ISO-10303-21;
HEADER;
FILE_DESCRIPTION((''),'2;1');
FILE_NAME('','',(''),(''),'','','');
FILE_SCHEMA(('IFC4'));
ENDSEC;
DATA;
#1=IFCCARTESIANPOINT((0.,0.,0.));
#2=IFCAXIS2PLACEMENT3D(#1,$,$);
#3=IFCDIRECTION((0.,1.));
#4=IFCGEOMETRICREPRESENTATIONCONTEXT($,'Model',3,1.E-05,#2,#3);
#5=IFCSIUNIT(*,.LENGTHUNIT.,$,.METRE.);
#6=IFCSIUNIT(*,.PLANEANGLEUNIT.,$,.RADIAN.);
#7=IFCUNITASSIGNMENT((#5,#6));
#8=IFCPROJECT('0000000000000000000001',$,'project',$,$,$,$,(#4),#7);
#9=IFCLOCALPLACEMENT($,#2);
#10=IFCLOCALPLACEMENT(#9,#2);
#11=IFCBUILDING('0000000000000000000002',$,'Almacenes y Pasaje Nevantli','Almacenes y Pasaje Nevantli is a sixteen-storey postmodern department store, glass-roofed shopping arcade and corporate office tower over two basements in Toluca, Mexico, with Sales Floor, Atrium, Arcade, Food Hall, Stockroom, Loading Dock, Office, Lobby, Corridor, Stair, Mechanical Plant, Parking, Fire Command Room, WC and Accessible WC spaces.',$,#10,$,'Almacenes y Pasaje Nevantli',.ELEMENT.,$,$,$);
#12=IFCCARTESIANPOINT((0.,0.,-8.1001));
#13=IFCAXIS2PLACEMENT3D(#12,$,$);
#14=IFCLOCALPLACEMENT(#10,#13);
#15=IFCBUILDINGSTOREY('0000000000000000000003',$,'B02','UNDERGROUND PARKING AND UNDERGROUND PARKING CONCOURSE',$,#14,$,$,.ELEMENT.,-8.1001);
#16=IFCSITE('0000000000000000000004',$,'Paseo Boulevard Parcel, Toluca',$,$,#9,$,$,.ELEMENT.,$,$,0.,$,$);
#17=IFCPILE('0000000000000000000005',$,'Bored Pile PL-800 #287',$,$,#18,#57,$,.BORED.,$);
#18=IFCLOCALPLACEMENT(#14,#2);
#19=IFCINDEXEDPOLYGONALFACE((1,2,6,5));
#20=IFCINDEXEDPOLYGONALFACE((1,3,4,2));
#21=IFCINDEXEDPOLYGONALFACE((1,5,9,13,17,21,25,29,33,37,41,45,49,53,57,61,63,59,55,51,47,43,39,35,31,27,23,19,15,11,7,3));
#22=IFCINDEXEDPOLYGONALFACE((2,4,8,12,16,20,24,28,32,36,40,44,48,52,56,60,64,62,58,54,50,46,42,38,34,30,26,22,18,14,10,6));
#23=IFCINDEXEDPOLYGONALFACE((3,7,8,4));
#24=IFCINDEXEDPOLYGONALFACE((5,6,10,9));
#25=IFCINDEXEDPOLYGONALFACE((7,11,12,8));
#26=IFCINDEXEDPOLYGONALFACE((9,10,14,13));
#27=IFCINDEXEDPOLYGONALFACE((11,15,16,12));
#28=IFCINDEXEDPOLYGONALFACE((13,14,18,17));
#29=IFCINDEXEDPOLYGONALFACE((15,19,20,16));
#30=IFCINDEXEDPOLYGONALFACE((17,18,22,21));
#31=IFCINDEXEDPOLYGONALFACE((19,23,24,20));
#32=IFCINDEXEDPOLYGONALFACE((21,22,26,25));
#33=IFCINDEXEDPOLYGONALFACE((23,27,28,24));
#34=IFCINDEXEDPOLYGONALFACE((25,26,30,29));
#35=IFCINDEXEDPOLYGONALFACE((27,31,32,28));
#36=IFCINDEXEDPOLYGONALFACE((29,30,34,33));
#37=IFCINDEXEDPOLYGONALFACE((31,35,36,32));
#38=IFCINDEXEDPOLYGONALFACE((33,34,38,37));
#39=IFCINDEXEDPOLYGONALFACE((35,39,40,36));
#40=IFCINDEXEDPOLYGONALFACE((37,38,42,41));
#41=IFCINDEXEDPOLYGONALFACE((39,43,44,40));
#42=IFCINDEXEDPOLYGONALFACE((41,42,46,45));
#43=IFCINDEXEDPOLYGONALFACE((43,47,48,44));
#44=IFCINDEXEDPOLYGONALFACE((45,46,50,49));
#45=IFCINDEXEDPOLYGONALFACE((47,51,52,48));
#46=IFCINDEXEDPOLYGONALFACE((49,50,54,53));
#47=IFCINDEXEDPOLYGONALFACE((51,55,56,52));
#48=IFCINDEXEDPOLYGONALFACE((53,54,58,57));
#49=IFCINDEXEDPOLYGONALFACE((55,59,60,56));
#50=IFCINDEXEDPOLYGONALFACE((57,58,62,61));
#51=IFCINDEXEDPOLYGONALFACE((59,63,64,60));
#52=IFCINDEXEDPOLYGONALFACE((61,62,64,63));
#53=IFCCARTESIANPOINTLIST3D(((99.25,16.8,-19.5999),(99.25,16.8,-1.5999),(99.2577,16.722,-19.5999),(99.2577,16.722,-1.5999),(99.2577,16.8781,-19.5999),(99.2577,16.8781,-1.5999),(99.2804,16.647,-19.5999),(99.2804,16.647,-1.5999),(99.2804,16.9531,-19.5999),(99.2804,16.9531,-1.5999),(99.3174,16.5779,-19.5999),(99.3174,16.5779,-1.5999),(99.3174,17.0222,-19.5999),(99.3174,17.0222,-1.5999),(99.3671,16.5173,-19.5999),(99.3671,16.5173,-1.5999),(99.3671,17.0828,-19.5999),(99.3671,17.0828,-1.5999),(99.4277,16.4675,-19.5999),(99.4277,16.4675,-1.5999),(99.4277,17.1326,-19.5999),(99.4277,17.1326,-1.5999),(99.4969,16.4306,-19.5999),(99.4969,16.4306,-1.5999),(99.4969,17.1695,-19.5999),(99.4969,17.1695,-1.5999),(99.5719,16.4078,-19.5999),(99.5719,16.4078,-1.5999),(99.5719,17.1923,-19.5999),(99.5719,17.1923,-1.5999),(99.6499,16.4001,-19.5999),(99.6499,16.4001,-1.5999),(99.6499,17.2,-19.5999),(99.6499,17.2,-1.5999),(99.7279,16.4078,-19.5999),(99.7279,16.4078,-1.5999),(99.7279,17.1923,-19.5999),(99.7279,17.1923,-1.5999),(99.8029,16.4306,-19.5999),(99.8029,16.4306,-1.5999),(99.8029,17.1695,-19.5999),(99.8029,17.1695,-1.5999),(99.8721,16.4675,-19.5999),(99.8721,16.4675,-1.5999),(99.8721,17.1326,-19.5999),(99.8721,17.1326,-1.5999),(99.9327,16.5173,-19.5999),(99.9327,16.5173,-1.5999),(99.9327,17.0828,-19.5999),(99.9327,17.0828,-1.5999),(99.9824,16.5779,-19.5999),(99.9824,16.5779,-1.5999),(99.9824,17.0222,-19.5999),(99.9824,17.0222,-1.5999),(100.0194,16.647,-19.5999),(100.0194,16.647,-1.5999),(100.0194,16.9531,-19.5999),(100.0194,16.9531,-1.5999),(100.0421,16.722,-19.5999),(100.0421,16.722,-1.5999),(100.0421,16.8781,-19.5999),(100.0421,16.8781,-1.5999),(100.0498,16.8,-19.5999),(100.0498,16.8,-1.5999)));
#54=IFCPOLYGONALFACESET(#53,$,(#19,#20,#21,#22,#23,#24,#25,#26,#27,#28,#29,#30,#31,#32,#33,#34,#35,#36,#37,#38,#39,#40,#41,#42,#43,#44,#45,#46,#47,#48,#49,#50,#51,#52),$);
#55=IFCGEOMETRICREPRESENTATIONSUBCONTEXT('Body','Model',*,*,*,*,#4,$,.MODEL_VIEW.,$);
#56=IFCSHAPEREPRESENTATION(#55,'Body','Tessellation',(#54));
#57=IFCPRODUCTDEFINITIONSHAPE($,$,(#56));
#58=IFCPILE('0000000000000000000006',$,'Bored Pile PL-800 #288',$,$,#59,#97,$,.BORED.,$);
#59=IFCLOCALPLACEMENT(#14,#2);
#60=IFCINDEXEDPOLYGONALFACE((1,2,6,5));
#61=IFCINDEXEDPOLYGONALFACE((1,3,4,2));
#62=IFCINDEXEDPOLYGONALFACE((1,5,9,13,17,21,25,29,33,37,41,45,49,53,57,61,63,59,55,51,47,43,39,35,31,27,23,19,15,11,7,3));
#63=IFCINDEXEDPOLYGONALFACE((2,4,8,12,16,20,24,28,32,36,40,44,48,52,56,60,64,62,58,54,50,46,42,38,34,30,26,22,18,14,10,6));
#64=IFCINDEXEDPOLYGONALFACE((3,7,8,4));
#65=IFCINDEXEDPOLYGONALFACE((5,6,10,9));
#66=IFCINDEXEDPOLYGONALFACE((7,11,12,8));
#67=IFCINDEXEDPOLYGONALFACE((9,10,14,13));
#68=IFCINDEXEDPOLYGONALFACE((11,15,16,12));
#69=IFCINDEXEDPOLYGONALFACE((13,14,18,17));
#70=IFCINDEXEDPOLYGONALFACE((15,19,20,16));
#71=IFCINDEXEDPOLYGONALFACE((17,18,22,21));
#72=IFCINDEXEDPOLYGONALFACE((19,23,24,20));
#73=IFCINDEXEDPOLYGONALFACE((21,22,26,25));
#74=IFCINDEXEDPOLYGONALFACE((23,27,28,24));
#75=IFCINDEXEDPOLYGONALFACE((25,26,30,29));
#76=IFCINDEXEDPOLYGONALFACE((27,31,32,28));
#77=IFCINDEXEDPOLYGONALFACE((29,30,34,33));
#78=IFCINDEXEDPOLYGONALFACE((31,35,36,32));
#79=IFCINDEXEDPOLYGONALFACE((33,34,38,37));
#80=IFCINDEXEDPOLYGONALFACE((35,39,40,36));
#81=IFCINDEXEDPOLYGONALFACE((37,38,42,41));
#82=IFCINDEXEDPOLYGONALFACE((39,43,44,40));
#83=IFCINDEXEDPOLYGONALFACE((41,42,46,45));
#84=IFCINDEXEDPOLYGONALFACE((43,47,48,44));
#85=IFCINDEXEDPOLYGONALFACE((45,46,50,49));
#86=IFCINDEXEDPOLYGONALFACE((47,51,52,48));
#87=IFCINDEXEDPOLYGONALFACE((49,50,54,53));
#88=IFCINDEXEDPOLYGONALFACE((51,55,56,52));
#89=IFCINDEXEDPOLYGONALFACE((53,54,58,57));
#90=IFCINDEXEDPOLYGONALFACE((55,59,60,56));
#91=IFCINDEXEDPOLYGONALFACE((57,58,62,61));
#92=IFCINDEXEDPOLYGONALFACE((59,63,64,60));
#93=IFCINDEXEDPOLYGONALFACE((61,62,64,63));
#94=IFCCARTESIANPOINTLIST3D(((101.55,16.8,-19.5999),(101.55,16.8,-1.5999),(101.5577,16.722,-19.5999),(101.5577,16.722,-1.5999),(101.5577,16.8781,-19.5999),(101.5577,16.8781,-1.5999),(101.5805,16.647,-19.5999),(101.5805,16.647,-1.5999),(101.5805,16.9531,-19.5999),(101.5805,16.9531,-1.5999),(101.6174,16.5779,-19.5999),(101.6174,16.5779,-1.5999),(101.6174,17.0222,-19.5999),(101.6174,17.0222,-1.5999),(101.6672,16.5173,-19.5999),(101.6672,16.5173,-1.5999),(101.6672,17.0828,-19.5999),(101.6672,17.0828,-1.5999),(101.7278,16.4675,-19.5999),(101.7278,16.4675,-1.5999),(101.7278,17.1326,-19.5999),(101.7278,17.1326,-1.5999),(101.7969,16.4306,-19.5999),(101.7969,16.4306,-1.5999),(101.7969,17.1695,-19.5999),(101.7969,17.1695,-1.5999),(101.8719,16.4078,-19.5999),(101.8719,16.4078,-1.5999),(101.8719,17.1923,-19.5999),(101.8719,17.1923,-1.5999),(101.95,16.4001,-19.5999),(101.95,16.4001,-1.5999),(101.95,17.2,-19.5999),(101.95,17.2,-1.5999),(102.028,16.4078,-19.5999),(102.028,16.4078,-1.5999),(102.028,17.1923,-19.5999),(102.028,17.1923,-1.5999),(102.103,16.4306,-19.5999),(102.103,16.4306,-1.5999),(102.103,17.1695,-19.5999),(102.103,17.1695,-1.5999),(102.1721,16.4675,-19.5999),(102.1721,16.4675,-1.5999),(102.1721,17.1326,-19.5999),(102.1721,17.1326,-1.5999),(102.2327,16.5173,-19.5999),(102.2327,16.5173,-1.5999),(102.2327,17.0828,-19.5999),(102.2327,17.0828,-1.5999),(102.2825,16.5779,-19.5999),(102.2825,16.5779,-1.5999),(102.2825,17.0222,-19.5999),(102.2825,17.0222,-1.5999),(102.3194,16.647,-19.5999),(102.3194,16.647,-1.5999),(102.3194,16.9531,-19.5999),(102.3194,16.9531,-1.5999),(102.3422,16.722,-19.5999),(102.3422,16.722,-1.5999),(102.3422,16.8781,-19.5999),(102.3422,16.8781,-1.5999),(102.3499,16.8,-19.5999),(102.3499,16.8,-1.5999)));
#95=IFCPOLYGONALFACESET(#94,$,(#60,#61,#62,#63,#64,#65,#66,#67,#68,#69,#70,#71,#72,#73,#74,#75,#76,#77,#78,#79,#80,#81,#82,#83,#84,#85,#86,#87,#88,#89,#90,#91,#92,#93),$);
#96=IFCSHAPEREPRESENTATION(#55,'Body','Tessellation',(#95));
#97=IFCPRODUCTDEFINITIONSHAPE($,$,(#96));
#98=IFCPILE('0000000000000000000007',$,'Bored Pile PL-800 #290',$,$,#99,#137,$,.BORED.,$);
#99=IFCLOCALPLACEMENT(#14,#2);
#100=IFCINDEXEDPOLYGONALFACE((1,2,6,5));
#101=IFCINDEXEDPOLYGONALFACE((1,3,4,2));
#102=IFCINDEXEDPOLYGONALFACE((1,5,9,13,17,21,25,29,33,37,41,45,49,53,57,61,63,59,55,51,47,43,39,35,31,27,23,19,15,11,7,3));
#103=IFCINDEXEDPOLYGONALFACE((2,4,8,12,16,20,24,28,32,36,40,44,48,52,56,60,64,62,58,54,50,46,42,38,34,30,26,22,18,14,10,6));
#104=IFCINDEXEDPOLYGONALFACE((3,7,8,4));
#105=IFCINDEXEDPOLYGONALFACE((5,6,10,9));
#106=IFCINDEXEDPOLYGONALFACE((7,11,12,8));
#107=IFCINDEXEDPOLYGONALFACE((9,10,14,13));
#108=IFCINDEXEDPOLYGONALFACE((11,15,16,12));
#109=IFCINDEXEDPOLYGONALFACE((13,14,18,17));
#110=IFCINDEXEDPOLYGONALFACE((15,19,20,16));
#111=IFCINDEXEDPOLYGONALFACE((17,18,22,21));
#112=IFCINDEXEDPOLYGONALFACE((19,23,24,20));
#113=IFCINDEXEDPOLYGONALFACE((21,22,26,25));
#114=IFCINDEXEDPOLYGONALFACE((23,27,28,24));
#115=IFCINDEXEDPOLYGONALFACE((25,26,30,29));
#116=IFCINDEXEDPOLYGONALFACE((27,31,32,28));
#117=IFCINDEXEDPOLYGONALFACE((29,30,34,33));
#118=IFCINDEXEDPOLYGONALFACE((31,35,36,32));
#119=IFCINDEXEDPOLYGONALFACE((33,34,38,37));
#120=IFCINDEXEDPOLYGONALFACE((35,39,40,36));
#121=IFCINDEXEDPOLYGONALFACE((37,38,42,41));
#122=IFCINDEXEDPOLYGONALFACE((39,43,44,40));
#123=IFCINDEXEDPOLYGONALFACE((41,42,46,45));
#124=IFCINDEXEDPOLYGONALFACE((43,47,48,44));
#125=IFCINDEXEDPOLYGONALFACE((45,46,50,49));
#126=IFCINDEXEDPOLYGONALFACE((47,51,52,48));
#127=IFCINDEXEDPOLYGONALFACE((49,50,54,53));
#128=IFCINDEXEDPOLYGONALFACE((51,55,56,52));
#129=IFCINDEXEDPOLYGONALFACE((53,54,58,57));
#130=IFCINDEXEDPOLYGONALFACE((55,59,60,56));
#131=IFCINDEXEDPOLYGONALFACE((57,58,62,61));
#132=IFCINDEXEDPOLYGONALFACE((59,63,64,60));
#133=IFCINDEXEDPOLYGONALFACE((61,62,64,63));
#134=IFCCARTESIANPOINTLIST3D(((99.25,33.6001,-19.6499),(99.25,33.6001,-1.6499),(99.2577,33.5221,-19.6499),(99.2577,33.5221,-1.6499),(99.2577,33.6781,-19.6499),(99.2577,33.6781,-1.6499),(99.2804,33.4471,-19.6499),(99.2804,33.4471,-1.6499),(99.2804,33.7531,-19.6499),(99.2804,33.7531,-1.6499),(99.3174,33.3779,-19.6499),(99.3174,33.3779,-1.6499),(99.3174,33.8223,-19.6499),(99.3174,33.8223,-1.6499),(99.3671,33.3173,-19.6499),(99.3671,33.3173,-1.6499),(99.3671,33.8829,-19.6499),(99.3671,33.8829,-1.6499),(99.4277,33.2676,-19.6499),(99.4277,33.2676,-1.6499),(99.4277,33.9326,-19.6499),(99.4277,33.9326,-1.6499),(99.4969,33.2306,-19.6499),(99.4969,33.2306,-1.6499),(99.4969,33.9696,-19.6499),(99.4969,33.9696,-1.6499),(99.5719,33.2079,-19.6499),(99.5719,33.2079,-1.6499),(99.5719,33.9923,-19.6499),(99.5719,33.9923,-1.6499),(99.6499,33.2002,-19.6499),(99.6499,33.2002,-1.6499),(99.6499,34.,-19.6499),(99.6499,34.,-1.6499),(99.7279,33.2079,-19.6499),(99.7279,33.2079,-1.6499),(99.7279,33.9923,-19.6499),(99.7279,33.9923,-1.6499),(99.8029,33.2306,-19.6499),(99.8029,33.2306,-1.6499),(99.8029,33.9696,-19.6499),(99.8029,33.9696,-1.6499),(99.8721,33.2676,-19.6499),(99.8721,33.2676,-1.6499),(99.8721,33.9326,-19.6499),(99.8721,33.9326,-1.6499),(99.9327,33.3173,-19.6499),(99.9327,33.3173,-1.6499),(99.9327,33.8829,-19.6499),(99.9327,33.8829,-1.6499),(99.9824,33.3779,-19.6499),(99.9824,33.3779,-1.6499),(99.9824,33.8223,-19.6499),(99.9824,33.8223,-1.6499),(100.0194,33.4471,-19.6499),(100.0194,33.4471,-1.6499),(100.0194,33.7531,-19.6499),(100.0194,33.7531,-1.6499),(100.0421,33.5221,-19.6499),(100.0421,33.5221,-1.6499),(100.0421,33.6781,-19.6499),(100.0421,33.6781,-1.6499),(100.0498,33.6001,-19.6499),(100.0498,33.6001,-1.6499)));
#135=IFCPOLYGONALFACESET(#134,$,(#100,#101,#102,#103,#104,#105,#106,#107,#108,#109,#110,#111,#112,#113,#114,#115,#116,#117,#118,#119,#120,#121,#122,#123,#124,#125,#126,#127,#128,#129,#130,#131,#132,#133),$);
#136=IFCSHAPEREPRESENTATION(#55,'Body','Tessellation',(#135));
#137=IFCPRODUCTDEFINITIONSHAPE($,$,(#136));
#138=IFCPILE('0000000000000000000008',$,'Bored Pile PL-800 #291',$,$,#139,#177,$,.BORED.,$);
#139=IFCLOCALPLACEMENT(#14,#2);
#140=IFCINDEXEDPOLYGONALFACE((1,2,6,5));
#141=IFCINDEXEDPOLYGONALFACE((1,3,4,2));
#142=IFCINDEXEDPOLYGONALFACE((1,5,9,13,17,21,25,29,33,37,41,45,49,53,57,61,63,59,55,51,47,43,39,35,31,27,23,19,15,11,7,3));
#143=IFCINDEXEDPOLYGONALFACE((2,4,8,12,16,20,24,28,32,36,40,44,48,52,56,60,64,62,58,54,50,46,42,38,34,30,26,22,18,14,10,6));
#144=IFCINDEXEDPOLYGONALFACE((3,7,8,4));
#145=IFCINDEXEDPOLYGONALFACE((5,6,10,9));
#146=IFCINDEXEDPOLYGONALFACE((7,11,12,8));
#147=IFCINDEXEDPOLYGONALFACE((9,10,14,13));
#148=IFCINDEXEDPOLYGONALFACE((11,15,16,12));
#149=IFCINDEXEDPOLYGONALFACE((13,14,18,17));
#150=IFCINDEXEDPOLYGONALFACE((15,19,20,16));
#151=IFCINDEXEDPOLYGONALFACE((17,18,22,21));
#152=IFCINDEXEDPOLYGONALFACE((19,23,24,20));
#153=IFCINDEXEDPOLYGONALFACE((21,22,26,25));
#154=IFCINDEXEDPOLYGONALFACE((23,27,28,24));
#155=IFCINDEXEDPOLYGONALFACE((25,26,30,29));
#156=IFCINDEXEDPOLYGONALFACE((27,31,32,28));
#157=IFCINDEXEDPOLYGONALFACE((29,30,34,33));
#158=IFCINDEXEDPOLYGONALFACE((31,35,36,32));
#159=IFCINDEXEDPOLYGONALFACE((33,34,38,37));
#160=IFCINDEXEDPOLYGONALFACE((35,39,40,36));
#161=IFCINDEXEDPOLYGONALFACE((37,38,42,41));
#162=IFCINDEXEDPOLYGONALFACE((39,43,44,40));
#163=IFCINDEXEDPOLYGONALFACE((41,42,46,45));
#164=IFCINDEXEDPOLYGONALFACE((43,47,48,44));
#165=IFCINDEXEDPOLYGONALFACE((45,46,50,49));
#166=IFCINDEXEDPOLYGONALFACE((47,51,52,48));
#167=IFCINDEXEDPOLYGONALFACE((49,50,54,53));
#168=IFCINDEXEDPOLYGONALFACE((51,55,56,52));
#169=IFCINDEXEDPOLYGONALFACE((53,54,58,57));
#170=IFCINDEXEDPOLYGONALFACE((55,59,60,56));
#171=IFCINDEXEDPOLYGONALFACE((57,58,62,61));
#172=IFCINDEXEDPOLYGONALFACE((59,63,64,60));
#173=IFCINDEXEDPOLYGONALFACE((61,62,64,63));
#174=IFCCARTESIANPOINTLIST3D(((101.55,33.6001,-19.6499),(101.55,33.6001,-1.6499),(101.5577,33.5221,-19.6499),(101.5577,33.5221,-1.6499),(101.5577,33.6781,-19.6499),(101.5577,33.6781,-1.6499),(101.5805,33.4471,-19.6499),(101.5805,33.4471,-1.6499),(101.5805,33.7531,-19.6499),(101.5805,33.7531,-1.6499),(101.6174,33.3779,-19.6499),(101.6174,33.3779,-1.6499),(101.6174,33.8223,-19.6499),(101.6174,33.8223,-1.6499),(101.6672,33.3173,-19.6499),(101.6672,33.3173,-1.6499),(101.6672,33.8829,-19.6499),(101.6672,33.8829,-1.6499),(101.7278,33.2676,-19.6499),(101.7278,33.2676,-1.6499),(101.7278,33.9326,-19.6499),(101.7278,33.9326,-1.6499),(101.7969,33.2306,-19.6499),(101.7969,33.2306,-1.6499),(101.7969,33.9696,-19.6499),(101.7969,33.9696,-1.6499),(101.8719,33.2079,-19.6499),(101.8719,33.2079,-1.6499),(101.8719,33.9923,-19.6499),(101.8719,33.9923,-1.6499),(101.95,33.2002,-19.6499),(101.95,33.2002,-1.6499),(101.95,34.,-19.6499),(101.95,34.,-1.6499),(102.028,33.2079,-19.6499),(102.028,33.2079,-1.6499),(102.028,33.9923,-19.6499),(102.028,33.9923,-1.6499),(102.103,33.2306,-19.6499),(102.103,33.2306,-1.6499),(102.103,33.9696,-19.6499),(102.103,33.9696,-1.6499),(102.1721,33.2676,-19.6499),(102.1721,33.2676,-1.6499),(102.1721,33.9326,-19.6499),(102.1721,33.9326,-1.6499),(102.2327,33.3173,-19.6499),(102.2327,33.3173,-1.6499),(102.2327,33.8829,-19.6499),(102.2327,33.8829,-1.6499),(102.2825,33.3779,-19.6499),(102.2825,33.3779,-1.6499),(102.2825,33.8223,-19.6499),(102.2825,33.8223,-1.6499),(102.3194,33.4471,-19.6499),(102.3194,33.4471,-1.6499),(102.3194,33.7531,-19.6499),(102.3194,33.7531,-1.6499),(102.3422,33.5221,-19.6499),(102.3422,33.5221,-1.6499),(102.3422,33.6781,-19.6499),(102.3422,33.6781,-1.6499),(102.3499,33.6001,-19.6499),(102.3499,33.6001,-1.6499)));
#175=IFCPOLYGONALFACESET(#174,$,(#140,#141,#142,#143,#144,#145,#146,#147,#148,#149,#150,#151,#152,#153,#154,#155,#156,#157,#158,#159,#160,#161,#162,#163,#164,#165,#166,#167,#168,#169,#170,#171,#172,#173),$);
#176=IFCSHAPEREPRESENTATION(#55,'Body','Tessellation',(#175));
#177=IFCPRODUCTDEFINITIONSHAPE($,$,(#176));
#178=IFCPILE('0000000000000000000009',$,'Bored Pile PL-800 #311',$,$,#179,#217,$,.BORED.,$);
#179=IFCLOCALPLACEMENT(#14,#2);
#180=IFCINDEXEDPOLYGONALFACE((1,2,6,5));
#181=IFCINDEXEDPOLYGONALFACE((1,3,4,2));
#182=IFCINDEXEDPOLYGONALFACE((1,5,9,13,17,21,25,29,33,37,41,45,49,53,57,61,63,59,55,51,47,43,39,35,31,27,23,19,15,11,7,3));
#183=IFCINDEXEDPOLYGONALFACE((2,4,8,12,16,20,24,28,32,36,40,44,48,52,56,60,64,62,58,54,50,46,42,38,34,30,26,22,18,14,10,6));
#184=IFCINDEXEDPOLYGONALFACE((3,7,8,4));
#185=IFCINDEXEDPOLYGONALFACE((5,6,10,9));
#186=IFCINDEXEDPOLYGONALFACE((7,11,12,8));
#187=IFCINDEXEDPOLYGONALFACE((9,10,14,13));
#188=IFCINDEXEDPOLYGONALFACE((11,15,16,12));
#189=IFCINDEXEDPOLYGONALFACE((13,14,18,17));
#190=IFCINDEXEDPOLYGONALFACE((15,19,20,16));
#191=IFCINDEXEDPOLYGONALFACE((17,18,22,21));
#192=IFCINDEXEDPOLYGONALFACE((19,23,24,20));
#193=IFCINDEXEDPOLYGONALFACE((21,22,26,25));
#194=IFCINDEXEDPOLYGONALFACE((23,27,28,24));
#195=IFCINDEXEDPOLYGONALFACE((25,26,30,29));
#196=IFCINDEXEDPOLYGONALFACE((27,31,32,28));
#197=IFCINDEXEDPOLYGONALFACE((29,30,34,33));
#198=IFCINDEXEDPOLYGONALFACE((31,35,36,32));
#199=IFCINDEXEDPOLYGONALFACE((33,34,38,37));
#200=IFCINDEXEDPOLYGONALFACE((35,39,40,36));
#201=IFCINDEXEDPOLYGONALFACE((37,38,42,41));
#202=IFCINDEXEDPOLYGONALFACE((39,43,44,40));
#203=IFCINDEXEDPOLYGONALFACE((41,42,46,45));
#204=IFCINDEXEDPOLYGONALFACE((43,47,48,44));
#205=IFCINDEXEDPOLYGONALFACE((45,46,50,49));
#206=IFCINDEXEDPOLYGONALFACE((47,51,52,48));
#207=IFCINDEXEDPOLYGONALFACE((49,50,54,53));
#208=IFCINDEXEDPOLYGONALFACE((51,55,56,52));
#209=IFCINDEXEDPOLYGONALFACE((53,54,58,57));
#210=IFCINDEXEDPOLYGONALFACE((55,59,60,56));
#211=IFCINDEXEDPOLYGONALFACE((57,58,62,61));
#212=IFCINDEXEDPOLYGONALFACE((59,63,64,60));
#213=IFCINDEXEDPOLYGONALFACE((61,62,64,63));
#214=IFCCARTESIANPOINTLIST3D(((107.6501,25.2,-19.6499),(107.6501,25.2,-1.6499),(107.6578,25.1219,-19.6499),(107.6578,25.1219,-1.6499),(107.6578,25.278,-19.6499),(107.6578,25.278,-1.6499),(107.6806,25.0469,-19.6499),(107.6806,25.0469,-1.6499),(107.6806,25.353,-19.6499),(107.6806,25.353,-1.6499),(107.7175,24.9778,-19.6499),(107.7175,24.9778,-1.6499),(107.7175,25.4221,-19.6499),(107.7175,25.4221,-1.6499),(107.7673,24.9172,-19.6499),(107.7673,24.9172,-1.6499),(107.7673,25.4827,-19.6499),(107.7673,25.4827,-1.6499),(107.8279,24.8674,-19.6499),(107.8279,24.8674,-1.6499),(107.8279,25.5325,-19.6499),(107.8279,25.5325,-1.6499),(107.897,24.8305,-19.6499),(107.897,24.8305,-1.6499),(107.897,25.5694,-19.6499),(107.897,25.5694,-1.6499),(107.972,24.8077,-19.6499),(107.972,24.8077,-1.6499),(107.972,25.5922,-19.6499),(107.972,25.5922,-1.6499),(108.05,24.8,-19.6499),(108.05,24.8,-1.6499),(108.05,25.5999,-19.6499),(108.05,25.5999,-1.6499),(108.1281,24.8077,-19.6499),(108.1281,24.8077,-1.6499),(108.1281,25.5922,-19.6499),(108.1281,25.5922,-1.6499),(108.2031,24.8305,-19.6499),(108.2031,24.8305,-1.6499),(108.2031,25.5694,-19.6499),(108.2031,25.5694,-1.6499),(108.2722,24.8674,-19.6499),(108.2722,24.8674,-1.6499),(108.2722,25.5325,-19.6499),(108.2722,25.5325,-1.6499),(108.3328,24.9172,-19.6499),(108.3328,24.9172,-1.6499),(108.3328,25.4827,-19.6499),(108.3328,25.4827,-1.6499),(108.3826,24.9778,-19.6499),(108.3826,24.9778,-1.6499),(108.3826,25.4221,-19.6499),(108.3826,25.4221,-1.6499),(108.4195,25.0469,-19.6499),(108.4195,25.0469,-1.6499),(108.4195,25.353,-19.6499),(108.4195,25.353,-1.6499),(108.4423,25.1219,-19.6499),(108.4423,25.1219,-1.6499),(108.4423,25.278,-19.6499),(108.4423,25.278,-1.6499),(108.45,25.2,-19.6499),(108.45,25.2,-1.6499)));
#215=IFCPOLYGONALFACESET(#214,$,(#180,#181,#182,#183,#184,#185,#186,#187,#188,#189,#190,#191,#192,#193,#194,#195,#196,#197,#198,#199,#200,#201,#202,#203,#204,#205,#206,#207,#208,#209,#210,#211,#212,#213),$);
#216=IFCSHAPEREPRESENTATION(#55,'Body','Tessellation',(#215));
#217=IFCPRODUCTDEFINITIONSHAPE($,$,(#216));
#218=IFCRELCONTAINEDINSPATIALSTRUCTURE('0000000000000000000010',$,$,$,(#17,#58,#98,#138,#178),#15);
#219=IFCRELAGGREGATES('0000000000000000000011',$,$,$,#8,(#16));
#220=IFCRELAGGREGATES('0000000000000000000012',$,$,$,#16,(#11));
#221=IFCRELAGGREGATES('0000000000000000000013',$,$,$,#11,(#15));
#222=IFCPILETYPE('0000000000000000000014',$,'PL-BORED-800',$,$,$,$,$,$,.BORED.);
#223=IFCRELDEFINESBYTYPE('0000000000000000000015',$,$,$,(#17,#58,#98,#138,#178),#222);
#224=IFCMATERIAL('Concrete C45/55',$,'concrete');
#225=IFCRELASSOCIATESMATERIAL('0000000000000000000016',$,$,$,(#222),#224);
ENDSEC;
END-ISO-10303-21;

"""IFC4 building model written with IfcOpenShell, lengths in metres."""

from ifc_helpers import new_model, si_unit, direction, frame, origin, origin_2d, place, context, subcontext, project, spatial, circle, extrude, material, material_profile, profile_set, type_object, element, save


model = new_model("IFC4")

# Units and contexts
model_context = context("Model", 3, precision=1e-05, world=origin(), true_north=direction((0.0, 1.0)))
body_context = subcontext(model_context, "Body", "Model", "MODEL_VIEW")
ifc_project = project(units=[si_unit("LENGTHUNIT", "METRE"), si_unit("PLANEANGLEUNIT", "RADIAN")], contexts=[model_context])

# Site, building, storey
site_placement = place(None, origin())
site = spatial("IfcSite", under=ifc_project, at=site_placement, Name="Paseo Boulevard Parcel, Toluca", CompositionType="ELEMENT", RefElevation=0.0)
building_placement = place(site_placement, origin())
building = spatial("IfcBuilding", under=site, at=building_placement, Name="Almacenes y Pasaje Nevantli", Description="Almacenes y Pasaje Nevantli is a sixteen-storey postmodern department store, glass-roofed shopping arcade and corporate office tower over two basements in Toluca, Mexico, with Sales Floor, Atrium, Arcade, Food Hall, Stockroom, Loading Dock, Office, Lobby, Corridor, Stair, Mechanical Plant, Parking, Fire Command Room, WC and Accessible WC spaces.", LongName="Almacenes y Pasaje Nevantli", CompositionType="ELEMENT")
storey_placement = place(building_placement, frame((0.0, 0.0, -8.1001)))
storey = spatial("IfcBuildingStorey", under=building, at=storey_placement, Name="B02", Description="UNDERGROUND PARKING AND UNDERGROUND PARKING CONCOURSE", CompositionType="ELEMENT", Elevation=-8.1001)

# Piles
ifc_material_1 = material(Name="Concrete C45/55", Category="concrete")
ifc_material_profile_1 = material_profile(ifc_material_1, circle(Radius=0.3999, at=origin_2d()), Name="RC-PILE-D800")
ifc_profile_set_1 = profile_set([ifc_material_profile_1], Name="Concrete C45/55")
pile_type_1 = type_object("IfcPileType", Name="PL-BORED-800", PredefinedType="BORED", material=ifc_profile_set_1)
for number, where, z_axis, x_axis, name in (
    (1, (99.6499, 16.8, -1.5999), (0.0, 0.0, -1.0), (1.0, 0.0, 0.0), "Bored Pile PL-800 #287"),
    (2, (101.95, 16.8, -1.5999), (0.0, 0.0, -1.0), (1.0, 0.0, 0.0), "Bored Pile PL-800 #288"),
    (3, (99.6499, 33.6001, -1.6499), (0.0, 0.0, -1.0), (1.0, 0.0, 0.0), "Bored Pile PL-800 #290"),
    (4, (101.95, 33.6001, -1.6499), (0.0, 0.0, -1.0), (1.0, 0.0, 0.0), "Bored Pile PL-800 #291"),
    (5, (108.05, 25.2, -1.6499), (0.0, 0.0, -1.0), (1.0, 0.0, 0.0), "Bored Pile PL-800 #311"),
):
    element("IfcPile", number, at=place(storey_placement, frame(where, z_axis=z_axis, x_axis=x_axis)), inside=storey, type_object=pile_type_1, Name=name, PredefinedType="BORED", context=body_context, shape_type="SweptSolid", body=[
        extrude(circle(Radius=0.3999, at=origin_2d()), origin(), (0.0, 0.0, 1.0), 18.0),
    ])

save(model, "model.ifc")
